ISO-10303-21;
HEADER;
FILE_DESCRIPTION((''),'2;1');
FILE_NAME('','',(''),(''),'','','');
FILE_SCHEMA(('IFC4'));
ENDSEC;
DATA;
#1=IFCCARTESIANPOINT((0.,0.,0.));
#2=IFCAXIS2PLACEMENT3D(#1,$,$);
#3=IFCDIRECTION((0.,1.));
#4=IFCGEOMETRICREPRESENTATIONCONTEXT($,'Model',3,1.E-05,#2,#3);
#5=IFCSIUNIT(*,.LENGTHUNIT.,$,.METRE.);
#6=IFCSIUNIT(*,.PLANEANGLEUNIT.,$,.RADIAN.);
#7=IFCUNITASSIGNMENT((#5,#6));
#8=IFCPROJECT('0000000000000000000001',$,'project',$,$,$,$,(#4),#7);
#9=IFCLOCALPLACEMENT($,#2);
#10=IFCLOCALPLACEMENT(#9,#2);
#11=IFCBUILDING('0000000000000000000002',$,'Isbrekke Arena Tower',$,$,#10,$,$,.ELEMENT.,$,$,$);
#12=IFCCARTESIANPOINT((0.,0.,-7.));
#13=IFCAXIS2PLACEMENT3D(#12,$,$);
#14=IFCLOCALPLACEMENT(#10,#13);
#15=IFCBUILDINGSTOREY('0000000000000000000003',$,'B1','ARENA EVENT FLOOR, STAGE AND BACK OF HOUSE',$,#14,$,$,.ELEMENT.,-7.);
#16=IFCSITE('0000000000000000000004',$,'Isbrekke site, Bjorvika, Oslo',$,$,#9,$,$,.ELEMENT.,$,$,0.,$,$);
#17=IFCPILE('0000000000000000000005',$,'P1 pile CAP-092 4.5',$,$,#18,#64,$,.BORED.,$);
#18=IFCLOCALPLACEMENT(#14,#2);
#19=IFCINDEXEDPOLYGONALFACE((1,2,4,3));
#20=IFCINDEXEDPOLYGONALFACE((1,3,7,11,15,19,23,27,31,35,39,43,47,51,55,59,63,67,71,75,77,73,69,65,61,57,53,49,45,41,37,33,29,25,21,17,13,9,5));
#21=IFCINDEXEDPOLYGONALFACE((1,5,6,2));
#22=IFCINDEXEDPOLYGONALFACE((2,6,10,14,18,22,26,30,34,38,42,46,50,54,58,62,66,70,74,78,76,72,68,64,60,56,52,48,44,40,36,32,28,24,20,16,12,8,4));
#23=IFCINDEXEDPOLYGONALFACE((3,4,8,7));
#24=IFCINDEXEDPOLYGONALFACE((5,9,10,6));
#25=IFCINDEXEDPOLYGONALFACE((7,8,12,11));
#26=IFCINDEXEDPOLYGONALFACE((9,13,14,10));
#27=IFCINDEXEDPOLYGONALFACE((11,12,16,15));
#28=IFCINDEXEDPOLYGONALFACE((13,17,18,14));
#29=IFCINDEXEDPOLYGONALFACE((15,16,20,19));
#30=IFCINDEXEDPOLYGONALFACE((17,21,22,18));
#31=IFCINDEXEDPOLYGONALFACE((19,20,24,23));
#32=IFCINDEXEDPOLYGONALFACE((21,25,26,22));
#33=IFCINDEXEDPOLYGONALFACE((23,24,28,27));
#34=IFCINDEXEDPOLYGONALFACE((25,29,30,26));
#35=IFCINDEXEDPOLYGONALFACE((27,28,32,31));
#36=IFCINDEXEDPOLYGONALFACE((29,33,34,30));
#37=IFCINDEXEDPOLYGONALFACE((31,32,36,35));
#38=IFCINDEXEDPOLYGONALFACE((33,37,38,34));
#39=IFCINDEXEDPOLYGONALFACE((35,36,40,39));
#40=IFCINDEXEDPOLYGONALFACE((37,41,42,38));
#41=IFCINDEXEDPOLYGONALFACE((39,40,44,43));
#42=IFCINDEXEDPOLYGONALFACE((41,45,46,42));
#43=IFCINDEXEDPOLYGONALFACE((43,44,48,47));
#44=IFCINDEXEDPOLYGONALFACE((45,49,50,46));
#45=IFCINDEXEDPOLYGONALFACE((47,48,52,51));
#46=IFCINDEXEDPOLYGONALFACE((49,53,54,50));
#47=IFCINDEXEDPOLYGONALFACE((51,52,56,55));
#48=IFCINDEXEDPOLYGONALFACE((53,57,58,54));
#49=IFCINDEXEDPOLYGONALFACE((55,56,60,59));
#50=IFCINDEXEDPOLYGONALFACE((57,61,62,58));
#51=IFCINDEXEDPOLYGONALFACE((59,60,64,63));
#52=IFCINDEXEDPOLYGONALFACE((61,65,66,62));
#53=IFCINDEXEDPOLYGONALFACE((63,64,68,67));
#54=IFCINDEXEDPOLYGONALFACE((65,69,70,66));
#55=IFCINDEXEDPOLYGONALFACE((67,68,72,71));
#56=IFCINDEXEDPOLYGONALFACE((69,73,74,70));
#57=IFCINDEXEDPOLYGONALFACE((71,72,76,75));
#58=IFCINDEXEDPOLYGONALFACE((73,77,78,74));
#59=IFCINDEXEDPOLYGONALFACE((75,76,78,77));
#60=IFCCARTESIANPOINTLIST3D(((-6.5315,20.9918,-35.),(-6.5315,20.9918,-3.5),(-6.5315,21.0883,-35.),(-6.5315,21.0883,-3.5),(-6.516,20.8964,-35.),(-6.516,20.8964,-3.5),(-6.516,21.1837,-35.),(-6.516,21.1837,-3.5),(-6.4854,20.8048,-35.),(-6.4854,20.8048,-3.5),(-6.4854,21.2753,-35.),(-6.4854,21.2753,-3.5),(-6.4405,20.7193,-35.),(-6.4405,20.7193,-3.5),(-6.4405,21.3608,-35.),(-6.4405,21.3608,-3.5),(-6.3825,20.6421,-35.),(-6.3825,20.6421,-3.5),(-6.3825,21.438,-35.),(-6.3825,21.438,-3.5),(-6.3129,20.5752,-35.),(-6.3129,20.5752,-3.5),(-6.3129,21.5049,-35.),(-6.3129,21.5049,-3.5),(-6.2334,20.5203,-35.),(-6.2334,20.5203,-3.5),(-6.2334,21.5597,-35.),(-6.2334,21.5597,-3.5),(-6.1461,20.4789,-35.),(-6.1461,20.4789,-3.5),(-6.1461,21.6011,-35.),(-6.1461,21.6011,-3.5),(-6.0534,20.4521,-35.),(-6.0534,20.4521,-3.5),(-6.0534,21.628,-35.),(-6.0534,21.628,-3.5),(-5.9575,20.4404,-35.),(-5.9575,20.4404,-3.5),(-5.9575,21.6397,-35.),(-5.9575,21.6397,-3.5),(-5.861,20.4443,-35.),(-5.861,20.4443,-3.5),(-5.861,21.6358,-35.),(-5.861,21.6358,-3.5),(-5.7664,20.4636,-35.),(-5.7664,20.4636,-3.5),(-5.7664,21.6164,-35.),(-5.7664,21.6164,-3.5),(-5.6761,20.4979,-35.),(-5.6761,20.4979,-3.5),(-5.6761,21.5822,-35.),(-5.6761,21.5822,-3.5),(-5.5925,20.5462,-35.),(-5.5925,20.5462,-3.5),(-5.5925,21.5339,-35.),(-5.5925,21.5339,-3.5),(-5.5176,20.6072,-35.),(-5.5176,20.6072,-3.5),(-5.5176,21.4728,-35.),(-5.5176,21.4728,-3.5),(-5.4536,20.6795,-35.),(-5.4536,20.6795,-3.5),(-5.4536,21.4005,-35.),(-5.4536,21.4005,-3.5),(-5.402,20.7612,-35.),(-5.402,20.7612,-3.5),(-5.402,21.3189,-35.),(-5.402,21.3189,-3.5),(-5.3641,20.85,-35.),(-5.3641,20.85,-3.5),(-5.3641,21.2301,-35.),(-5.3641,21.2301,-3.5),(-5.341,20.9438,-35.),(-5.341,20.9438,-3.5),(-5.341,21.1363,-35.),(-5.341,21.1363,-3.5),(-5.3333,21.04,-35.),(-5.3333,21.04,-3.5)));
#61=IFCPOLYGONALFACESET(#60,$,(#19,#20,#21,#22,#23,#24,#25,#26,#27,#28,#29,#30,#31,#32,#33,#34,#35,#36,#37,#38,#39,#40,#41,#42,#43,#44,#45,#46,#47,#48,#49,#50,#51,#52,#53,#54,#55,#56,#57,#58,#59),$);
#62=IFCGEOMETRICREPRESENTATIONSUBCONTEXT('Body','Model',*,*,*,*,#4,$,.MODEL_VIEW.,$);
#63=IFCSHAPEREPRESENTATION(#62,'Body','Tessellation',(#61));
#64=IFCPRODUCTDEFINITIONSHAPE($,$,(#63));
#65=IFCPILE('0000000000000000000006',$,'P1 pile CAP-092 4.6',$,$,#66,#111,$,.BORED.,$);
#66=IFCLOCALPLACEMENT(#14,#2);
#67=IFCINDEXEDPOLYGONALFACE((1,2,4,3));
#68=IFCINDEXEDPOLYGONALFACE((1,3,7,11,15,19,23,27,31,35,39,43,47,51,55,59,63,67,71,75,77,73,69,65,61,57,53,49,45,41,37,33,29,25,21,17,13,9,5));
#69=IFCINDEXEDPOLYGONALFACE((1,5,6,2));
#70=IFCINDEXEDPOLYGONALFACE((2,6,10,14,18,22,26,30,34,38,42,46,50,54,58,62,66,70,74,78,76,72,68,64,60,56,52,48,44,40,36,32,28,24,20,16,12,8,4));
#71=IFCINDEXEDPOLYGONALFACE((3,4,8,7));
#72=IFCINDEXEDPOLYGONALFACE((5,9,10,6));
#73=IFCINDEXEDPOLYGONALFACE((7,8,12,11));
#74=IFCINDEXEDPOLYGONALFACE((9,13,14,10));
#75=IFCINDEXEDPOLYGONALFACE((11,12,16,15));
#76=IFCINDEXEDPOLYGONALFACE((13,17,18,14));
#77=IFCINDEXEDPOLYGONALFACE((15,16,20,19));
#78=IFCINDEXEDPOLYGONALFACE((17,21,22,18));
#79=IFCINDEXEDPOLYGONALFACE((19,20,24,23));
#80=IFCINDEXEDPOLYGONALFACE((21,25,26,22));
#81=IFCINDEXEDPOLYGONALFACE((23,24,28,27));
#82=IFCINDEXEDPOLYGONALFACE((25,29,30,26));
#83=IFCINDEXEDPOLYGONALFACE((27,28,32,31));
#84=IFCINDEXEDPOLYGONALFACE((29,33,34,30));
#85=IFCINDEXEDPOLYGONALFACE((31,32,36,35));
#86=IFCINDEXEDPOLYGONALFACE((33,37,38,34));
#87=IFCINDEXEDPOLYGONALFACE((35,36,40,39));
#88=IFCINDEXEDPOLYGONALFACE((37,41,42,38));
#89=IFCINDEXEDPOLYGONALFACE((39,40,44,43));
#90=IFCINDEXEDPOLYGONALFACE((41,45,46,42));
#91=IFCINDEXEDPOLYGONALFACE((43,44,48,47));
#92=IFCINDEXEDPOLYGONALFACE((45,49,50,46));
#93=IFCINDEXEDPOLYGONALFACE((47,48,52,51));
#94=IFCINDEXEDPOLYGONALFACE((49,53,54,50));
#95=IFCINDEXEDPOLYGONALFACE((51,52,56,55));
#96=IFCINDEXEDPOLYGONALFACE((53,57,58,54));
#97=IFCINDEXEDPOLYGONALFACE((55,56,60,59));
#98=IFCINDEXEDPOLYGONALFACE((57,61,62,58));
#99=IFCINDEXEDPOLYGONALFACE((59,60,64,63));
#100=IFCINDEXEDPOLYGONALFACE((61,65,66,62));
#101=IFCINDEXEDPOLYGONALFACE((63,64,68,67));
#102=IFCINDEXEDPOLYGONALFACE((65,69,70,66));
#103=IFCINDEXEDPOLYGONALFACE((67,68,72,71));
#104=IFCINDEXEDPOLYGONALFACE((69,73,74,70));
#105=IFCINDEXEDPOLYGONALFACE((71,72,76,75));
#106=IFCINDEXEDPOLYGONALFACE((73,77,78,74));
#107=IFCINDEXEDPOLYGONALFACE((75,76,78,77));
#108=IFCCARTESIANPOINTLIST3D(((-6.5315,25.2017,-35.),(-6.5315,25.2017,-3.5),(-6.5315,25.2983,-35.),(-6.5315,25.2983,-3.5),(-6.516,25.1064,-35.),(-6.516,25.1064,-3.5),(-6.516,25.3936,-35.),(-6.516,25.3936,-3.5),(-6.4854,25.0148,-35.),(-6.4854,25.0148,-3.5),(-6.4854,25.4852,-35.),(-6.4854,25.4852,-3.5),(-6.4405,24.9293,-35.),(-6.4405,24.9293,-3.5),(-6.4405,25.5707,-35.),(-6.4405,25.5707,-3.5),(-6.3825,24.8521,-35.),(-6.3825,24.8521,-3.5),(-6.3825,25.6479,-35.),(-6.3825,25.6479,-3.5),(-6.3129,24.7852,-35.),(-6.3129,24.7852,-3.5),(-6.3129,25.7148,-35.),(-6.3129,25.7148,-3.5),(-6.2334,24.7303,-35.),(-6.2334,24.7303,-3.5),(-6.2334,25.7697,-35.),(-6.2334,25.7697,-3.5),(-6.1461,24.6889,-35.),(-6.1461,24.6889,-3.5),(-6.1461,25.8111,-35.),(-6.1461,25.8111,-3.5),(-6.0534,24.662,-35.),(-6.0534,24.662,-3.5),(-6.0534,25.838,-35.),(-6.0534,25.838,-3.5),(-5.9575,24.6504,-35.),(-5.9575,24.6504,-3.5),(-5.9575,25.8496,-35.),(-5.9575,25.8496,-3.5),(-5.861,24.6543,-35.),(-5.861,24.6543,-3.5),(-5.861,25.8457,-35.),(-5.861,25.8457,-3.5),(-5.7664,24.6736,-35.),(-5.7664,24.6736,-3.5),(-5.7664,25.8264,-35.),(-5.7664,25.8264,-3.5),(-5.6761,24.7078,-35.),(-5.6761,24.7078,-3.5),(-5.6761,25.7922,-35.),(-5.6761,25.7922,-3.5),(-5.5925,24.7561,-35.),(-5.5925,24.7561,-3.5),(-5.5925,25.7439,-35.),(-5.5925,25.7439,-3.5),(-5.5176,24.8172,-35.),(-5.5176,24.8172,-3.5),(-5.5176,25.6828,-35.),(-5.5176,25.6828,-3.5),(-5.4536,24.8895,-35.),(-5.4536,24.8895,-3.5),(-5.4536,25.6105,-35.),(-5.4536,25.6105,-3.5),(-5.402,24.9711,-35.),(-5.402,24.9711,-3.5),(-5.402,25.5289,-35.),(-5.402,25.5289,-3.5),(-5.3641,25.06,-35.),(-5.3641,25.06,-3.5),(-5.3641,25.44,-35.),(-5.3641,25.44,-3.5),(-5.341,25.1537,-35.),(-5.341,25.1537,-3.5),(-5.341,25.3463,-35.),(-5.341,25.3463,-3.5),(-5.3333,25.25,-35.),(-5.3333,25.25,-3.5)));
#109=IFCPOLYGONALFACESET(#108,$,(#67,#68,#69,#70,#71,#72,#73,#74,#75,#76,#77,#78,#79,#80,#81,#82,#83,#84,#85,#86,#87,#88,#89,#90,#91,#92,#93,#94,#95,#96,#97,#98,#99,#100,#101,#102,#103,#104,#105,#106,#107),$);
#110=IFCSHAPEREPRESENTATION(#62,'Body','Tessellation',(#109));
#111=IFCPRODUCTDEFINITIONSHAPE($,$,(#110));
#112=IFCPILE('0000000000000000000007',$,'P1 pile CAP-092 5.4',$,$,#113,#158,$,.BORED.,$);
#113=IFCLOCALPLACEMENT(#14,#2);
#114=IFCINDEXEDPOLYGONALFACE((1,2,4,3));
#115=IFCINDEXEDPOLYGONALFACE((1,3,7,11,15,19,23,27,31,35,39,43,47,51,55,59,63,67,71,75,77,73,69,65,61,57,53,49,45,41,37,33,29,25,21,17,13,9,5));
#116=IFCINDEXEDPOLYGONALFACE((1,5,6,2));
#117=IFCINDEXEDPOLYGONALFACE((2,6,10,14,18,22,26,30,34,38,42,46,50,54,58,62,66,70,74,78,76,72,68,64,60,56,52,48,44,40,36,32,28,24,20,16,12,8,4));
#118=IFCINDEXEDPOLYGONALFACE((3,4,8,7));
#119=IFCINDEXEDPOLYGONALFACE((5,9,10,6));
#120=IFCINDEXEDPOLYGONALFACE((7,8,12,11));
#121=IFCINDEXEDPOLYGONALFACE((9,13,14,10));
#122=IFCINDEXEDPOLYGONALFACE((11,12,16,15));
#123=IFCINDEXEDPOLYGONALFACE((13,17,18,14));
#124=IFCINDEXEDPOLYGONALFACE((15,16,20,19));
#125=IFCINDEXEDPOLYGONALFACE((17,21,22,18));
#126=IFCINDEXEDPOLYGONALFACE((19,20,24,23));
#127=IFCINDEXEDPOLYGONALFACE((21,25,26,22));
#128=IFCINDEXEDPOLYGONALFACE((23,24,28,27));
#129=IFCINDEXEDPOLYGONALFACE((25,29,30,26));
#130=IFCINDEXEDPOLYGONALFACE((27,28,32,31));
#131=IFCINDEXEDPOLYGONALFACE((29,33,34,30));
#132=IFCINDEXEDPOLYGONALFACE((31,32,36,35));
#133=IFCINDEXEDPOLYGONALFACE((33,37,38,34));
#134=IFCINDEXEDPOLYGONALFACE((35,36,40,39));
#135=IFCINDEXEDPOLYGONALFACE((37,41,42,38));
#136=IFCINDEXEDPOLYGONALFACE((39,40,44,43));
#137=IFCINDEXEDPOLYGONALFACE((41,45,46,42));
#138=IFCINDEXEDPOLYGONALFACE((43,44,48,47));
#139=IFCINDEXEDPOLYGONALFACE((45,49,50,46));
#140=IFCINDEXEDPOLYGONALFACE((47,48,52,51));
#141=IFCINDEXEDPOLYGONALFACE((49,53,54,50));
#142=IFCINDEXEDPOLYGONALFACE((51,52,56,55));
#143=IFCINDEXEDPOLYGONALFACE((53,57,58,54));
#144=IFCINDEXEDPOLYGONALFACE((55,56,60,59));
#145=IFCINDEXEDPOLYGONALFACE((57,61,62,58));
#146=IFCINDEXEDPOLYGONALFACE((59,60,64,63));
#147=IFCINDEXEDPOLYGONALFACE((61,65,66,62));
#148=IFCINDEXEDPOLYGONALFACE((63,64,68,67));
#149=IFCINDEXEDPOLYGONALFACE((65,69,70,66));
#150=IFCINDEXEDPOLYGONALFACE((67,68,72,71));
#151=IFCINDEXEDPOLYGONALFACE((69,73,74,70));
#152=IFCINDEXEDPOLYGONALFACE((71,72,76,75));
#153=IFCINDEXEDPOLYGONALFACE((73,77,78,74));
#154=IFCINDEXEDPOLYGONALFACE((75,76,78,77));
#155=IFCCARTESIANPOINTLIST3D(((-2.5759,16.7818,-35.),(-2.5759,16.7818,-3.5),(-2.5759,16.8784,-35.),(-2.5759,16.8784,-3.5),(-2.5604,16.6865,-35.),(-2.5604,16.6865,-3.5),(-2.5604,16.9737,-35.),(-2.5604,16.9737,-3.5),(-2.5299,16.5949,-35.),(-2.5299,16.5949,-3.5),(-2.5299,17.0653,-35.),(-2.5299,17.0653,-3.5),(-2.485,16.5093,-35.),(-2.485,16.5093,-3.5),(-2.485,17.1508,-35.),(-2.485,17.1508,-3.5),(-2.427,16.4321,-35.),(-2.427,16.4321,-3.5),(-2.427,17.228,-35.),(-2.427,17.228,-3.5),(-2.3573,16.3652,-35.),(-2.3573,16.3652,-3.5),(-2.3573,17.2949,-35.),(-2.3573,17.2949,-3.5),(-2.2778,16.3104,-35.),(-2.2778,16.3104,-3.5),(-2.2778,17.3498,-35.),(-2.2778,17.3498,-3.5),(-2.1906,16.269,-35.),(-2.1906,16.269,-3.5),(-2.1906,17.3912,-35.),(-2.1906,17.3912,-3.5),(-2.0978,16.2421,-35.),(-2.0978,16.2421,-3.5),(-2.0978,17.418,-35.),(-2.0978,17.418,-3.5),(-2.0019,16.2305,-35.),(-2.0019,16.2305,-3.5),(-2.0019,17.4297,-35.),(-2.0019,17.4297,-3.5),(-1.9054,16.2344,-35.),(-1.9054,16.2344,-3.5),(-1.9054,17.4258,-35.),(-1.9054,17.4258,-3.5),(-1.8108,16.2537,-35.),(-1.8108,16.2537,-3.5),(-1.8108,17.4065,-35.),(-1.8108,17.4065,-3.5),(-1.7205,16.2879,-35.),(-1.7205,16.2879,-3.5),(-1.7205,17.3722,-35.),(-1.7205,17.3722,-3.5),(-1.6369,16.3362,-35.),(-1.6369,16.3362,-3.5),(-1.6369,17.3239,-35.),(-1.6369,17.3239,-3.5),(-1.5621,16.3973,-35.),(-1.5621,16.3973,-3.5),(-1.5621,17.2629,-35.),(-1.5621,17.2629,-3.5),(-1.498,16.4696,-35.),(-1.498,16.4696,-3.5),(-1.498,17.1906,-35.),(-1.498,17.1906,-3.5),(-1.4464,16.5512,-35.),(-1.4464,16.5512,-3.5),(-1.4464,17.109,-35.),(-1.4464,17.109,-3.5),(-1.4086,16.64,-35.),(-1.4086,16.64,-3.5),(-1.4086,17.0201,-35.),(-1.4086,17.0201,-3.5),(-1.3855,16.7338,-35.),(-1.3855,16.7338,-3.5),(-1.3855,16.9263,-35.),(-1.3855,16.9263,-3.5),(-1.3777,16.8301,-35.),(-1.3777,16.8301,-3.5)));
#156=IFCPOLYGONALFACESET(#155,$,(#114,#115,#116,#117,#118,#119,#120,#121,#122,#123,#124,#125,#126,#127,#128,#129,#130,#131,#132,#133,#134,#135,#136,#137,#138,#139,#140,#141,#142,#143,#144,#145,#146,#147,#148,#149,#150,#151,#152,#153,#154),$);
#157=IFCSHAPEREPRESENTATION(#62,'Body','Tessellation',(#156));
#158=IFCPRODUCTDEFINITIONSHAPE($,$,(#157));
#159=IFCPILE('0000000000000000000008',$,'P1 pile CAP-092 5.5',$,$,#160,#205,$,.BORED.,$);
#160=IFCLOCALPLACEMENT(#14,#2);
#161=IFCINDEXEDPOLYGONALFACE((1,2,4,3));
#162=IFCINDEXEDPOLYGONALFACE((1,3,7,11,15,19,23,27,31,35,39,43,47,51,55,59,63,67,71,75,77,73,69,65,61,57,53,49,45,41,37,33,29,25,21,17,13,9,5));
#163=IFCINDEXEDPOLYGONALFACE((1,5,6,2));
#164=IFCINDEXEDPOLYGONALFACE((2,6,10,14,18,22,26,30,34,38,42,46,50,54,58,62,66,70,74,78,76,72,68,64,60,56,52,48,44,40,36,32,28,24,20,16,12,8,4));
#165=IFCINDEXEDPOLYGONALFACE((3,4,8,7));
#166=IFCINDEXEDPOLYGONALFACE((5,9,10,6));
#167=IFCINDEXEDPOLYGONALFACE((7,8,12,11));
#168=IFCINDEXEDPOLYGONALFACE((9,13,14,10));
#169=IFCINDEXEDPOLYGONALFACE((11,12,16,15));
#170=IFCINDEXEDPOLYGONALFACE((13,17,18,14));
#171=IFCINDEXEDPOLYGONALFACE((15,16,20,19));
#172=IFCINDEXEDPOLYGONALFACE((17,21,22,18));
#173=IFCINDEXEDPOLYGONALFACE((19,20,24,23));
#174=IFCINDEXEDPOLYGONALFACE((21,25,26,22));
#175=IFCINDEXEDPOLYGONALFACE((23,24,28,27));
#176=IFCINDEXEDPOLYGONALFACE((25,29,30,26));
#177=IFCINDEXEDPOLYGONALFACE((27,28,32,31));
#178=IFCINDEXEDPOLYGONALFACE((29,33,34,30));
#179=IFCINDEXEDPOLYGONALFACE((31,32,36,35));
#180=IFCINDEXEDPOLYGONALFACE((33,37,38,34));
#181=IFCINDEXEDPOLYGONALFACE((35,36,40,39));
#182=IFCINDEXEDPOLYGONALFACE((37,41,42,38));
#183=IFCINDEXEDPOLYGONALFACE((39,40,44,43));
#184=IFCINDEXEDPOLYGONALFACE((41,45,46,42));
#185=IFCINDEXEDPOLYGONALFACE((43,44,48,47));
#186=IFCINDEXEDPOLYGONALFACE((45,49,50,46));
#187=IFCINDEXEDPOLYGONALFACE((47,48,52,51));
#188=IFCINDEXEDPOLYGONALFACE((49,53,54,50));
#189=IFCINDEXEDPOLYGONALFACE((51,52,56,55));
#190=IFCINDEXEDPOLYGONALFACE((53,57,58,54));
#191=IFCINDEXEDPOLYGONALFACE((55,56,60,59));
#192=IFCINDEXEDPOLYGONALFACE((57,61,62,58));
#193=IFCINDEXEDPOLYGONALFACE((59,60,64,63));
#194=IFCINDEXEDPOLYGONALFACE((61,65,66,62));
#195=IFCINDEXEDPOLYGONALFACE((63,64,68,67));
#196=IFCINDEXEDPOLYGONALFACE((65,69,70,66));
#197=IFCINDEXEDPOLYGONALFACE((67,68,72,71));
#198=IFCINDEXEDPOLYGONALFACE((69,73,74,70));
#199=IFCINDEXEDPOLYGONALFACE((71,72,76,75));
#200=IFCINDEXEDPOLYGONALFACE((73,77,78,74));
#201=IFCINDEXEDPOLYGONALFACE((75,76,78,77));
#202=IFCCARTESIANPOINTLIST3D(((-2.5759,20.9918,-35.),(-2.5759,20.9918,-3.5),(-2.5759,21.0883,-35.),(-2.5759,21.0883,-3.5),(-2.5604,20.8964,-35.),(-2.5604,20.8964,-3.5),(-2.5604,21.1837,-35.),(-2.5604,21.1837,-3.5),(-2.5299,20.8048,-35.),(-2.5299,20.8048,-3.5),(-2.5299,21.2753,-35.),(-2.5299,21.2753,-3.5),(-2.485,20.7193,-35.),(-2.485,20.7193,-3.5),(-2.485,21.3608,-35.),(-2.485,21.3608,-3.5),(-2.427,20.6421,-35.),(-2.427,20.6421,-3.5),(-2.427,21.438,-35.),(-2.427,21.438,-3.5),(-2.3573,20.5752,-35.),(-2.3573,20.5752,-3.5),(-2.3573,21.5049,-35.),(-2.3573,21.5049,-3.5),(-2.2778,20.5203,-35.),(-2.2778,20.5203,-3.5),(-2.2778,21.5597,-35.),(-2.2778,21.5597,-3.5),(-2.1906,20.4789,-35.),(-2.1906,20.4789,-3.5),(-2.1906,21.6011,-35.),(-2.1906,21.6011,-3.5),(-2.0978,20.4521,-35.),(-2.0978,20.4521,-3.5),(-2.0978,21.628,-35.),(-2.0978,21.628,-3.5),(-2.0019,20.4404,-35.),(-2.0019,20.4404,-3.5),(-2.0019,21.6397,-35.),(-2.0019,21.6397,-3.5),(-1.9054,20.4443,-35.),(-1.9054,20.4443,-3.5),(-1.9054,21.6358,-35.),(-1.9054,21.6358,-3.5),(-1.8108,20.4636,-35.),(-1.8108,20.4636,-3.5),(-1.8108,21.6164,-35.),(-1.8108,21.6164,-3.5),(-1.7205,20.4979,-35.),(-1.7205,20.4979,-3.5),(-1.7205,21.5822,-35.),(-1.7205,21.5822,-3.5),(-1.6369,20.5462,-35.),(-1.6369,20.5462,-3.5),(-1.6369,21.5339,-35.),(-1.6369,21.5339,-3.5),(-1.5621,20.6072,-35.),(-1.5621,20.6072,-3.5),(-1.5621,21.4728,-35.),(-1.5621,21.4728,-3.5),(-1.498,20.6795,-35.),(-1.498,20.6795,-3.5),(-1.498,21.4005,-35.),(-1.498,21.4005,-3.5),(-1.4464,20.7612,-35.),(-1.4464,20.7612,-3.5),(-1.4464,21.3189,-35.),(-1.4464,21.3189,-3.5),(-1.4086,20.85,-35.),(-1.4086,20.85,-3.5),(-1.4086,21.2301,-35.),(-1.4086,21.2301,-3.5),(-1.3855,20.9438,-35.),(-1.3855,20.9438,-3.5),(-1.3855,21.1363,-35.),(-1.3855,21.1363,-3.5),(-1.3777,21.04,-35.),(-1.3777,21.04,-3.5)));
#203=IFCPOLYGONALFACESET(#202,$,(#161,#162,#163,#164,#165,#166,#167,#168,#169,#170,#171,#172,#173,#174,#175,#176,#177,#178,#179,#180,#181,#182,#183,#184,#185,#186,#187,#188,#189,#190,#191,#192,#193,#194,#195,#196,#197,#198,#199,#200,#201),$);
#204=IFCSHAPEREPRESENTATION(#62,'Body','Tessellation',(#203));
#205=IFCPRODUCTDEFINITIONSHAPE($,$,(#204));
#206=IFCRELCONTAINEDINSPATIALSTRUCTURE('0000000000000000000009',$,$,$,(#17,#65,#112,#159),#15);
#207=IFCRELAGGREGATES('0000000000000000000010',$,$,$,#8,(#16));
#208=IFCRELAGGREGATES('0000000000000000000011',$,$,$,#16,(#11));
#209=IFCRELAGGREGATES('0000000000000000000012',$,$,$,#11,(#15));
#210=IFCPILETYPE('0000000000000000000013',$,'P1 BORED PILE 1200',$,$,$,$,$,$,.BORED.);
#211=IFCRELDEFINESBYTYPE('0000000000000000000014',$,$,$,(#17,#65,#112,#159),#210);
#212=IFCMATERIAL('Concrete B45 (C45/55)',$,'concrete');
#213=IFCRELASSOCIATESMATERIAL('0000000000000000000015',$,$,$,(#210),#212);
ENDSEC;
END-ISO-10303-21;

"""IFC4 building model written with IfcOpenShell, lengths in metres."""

from ifc_helpers import new_model, si_unit, direction, frame, origin, origin_2d, place, context, subcontext, project, spatial, circle, extrude, material, material_profile, profile_set, type_object, element, save


model = new_model("IFC4")

# Units and contexts
model_context = context("Model", 3, precision=1e-05, world=origin(), true_north=direction((0.0, 1.0)))
body_context = subcontext(model_context, "Body", "Model", "MODEL_VIEW")
ifc_project = project(units=[si_unit("LENGTHUNIT", "METRE"), si_unit("PLANEANGLEUNIT", "RADIAN")], contexts=[model_context])

# Site, building, storey
site_placement = place(None, origin())
site = spatial("IfcSite", under=ifc_project, at=site_placement, Name="Isbrekke site, Bjorvika, Oslo", CompositionType="ELEMENT", RefElevation=0.0)
building_placement = place(site_placement, origin())
building = spatial("IfcBuilding", under=site, at=building_placement, Name="Isbrekke Arena Tower", CompositionType="ELEMENT")
storey_placement = place(building_placement, frame((0.0, 0.0, -7.0)))
storey = spatial("IfcBuildingStorey", under=building, at=storey_placement, Name="B1", Description="ARENA EVENT FLOOR, STAGE AND BACK OF HOUSE", CompositionType="ELEMENT", Elevation=-7.0)

# Piles
ifc_material_1 = material(Name="Concrete B45 (C45/55)", Category="concrete")
ifc_material_profile = material_profile(ifc_material_1, circle(Radius=0.6001, at=origin_2d()), Name="BORED PILE D1200")
ifc_profile_set = profile_set([ifc_material_profile], Name="Concrete B45 (C45/55)")
pile_type = type_object("IfcPileType", Name="P1 BORED PILE 1200", PredefinedType="BORED", material=ifc_profile_set)
for number, where, z_axis, x_axis, name in (
    (1, (-5.9333, 21.04, -3.5), (0.0, 0.0, -1.0), (1.0, 0.0, 0.0), "P1 pile CAP-092 4.5"),
    (2, (-5.9333, 25.25, -3.5), (0.0, 0.0, -1.0), (1.0, 0.0, 0.0), "P1 pile CAP-092 4.6"),
    (3, (-1.9778, 16.8301, -3.5), (0.0, 0.0, -1.0), (1.0, 0.0, 0.0), "P1 pile CAP-092 5.4"),
    (4, (-1.9778, 21.04, -3.5), (0.0, 0.0, -1.0), (1.0, 0.0, 0.0), "P1 pile CAP-092 5.5"),
):
    element("IfcPile", number, at=place(storey_placement, frame(where, z_axis=z_axis, x_axis=x_axis)), inside=storey, type_object=pile_type, Name=name, PredefinedType="BORED", context=body_context, shape_type="SweptSolid", body=[
        extrude(circle(Radius=0.6001, at=origin_2d()), origin(), (0.0, 0.0, 1.0), 31.5),
    ])

save(model, "model.ifc")
